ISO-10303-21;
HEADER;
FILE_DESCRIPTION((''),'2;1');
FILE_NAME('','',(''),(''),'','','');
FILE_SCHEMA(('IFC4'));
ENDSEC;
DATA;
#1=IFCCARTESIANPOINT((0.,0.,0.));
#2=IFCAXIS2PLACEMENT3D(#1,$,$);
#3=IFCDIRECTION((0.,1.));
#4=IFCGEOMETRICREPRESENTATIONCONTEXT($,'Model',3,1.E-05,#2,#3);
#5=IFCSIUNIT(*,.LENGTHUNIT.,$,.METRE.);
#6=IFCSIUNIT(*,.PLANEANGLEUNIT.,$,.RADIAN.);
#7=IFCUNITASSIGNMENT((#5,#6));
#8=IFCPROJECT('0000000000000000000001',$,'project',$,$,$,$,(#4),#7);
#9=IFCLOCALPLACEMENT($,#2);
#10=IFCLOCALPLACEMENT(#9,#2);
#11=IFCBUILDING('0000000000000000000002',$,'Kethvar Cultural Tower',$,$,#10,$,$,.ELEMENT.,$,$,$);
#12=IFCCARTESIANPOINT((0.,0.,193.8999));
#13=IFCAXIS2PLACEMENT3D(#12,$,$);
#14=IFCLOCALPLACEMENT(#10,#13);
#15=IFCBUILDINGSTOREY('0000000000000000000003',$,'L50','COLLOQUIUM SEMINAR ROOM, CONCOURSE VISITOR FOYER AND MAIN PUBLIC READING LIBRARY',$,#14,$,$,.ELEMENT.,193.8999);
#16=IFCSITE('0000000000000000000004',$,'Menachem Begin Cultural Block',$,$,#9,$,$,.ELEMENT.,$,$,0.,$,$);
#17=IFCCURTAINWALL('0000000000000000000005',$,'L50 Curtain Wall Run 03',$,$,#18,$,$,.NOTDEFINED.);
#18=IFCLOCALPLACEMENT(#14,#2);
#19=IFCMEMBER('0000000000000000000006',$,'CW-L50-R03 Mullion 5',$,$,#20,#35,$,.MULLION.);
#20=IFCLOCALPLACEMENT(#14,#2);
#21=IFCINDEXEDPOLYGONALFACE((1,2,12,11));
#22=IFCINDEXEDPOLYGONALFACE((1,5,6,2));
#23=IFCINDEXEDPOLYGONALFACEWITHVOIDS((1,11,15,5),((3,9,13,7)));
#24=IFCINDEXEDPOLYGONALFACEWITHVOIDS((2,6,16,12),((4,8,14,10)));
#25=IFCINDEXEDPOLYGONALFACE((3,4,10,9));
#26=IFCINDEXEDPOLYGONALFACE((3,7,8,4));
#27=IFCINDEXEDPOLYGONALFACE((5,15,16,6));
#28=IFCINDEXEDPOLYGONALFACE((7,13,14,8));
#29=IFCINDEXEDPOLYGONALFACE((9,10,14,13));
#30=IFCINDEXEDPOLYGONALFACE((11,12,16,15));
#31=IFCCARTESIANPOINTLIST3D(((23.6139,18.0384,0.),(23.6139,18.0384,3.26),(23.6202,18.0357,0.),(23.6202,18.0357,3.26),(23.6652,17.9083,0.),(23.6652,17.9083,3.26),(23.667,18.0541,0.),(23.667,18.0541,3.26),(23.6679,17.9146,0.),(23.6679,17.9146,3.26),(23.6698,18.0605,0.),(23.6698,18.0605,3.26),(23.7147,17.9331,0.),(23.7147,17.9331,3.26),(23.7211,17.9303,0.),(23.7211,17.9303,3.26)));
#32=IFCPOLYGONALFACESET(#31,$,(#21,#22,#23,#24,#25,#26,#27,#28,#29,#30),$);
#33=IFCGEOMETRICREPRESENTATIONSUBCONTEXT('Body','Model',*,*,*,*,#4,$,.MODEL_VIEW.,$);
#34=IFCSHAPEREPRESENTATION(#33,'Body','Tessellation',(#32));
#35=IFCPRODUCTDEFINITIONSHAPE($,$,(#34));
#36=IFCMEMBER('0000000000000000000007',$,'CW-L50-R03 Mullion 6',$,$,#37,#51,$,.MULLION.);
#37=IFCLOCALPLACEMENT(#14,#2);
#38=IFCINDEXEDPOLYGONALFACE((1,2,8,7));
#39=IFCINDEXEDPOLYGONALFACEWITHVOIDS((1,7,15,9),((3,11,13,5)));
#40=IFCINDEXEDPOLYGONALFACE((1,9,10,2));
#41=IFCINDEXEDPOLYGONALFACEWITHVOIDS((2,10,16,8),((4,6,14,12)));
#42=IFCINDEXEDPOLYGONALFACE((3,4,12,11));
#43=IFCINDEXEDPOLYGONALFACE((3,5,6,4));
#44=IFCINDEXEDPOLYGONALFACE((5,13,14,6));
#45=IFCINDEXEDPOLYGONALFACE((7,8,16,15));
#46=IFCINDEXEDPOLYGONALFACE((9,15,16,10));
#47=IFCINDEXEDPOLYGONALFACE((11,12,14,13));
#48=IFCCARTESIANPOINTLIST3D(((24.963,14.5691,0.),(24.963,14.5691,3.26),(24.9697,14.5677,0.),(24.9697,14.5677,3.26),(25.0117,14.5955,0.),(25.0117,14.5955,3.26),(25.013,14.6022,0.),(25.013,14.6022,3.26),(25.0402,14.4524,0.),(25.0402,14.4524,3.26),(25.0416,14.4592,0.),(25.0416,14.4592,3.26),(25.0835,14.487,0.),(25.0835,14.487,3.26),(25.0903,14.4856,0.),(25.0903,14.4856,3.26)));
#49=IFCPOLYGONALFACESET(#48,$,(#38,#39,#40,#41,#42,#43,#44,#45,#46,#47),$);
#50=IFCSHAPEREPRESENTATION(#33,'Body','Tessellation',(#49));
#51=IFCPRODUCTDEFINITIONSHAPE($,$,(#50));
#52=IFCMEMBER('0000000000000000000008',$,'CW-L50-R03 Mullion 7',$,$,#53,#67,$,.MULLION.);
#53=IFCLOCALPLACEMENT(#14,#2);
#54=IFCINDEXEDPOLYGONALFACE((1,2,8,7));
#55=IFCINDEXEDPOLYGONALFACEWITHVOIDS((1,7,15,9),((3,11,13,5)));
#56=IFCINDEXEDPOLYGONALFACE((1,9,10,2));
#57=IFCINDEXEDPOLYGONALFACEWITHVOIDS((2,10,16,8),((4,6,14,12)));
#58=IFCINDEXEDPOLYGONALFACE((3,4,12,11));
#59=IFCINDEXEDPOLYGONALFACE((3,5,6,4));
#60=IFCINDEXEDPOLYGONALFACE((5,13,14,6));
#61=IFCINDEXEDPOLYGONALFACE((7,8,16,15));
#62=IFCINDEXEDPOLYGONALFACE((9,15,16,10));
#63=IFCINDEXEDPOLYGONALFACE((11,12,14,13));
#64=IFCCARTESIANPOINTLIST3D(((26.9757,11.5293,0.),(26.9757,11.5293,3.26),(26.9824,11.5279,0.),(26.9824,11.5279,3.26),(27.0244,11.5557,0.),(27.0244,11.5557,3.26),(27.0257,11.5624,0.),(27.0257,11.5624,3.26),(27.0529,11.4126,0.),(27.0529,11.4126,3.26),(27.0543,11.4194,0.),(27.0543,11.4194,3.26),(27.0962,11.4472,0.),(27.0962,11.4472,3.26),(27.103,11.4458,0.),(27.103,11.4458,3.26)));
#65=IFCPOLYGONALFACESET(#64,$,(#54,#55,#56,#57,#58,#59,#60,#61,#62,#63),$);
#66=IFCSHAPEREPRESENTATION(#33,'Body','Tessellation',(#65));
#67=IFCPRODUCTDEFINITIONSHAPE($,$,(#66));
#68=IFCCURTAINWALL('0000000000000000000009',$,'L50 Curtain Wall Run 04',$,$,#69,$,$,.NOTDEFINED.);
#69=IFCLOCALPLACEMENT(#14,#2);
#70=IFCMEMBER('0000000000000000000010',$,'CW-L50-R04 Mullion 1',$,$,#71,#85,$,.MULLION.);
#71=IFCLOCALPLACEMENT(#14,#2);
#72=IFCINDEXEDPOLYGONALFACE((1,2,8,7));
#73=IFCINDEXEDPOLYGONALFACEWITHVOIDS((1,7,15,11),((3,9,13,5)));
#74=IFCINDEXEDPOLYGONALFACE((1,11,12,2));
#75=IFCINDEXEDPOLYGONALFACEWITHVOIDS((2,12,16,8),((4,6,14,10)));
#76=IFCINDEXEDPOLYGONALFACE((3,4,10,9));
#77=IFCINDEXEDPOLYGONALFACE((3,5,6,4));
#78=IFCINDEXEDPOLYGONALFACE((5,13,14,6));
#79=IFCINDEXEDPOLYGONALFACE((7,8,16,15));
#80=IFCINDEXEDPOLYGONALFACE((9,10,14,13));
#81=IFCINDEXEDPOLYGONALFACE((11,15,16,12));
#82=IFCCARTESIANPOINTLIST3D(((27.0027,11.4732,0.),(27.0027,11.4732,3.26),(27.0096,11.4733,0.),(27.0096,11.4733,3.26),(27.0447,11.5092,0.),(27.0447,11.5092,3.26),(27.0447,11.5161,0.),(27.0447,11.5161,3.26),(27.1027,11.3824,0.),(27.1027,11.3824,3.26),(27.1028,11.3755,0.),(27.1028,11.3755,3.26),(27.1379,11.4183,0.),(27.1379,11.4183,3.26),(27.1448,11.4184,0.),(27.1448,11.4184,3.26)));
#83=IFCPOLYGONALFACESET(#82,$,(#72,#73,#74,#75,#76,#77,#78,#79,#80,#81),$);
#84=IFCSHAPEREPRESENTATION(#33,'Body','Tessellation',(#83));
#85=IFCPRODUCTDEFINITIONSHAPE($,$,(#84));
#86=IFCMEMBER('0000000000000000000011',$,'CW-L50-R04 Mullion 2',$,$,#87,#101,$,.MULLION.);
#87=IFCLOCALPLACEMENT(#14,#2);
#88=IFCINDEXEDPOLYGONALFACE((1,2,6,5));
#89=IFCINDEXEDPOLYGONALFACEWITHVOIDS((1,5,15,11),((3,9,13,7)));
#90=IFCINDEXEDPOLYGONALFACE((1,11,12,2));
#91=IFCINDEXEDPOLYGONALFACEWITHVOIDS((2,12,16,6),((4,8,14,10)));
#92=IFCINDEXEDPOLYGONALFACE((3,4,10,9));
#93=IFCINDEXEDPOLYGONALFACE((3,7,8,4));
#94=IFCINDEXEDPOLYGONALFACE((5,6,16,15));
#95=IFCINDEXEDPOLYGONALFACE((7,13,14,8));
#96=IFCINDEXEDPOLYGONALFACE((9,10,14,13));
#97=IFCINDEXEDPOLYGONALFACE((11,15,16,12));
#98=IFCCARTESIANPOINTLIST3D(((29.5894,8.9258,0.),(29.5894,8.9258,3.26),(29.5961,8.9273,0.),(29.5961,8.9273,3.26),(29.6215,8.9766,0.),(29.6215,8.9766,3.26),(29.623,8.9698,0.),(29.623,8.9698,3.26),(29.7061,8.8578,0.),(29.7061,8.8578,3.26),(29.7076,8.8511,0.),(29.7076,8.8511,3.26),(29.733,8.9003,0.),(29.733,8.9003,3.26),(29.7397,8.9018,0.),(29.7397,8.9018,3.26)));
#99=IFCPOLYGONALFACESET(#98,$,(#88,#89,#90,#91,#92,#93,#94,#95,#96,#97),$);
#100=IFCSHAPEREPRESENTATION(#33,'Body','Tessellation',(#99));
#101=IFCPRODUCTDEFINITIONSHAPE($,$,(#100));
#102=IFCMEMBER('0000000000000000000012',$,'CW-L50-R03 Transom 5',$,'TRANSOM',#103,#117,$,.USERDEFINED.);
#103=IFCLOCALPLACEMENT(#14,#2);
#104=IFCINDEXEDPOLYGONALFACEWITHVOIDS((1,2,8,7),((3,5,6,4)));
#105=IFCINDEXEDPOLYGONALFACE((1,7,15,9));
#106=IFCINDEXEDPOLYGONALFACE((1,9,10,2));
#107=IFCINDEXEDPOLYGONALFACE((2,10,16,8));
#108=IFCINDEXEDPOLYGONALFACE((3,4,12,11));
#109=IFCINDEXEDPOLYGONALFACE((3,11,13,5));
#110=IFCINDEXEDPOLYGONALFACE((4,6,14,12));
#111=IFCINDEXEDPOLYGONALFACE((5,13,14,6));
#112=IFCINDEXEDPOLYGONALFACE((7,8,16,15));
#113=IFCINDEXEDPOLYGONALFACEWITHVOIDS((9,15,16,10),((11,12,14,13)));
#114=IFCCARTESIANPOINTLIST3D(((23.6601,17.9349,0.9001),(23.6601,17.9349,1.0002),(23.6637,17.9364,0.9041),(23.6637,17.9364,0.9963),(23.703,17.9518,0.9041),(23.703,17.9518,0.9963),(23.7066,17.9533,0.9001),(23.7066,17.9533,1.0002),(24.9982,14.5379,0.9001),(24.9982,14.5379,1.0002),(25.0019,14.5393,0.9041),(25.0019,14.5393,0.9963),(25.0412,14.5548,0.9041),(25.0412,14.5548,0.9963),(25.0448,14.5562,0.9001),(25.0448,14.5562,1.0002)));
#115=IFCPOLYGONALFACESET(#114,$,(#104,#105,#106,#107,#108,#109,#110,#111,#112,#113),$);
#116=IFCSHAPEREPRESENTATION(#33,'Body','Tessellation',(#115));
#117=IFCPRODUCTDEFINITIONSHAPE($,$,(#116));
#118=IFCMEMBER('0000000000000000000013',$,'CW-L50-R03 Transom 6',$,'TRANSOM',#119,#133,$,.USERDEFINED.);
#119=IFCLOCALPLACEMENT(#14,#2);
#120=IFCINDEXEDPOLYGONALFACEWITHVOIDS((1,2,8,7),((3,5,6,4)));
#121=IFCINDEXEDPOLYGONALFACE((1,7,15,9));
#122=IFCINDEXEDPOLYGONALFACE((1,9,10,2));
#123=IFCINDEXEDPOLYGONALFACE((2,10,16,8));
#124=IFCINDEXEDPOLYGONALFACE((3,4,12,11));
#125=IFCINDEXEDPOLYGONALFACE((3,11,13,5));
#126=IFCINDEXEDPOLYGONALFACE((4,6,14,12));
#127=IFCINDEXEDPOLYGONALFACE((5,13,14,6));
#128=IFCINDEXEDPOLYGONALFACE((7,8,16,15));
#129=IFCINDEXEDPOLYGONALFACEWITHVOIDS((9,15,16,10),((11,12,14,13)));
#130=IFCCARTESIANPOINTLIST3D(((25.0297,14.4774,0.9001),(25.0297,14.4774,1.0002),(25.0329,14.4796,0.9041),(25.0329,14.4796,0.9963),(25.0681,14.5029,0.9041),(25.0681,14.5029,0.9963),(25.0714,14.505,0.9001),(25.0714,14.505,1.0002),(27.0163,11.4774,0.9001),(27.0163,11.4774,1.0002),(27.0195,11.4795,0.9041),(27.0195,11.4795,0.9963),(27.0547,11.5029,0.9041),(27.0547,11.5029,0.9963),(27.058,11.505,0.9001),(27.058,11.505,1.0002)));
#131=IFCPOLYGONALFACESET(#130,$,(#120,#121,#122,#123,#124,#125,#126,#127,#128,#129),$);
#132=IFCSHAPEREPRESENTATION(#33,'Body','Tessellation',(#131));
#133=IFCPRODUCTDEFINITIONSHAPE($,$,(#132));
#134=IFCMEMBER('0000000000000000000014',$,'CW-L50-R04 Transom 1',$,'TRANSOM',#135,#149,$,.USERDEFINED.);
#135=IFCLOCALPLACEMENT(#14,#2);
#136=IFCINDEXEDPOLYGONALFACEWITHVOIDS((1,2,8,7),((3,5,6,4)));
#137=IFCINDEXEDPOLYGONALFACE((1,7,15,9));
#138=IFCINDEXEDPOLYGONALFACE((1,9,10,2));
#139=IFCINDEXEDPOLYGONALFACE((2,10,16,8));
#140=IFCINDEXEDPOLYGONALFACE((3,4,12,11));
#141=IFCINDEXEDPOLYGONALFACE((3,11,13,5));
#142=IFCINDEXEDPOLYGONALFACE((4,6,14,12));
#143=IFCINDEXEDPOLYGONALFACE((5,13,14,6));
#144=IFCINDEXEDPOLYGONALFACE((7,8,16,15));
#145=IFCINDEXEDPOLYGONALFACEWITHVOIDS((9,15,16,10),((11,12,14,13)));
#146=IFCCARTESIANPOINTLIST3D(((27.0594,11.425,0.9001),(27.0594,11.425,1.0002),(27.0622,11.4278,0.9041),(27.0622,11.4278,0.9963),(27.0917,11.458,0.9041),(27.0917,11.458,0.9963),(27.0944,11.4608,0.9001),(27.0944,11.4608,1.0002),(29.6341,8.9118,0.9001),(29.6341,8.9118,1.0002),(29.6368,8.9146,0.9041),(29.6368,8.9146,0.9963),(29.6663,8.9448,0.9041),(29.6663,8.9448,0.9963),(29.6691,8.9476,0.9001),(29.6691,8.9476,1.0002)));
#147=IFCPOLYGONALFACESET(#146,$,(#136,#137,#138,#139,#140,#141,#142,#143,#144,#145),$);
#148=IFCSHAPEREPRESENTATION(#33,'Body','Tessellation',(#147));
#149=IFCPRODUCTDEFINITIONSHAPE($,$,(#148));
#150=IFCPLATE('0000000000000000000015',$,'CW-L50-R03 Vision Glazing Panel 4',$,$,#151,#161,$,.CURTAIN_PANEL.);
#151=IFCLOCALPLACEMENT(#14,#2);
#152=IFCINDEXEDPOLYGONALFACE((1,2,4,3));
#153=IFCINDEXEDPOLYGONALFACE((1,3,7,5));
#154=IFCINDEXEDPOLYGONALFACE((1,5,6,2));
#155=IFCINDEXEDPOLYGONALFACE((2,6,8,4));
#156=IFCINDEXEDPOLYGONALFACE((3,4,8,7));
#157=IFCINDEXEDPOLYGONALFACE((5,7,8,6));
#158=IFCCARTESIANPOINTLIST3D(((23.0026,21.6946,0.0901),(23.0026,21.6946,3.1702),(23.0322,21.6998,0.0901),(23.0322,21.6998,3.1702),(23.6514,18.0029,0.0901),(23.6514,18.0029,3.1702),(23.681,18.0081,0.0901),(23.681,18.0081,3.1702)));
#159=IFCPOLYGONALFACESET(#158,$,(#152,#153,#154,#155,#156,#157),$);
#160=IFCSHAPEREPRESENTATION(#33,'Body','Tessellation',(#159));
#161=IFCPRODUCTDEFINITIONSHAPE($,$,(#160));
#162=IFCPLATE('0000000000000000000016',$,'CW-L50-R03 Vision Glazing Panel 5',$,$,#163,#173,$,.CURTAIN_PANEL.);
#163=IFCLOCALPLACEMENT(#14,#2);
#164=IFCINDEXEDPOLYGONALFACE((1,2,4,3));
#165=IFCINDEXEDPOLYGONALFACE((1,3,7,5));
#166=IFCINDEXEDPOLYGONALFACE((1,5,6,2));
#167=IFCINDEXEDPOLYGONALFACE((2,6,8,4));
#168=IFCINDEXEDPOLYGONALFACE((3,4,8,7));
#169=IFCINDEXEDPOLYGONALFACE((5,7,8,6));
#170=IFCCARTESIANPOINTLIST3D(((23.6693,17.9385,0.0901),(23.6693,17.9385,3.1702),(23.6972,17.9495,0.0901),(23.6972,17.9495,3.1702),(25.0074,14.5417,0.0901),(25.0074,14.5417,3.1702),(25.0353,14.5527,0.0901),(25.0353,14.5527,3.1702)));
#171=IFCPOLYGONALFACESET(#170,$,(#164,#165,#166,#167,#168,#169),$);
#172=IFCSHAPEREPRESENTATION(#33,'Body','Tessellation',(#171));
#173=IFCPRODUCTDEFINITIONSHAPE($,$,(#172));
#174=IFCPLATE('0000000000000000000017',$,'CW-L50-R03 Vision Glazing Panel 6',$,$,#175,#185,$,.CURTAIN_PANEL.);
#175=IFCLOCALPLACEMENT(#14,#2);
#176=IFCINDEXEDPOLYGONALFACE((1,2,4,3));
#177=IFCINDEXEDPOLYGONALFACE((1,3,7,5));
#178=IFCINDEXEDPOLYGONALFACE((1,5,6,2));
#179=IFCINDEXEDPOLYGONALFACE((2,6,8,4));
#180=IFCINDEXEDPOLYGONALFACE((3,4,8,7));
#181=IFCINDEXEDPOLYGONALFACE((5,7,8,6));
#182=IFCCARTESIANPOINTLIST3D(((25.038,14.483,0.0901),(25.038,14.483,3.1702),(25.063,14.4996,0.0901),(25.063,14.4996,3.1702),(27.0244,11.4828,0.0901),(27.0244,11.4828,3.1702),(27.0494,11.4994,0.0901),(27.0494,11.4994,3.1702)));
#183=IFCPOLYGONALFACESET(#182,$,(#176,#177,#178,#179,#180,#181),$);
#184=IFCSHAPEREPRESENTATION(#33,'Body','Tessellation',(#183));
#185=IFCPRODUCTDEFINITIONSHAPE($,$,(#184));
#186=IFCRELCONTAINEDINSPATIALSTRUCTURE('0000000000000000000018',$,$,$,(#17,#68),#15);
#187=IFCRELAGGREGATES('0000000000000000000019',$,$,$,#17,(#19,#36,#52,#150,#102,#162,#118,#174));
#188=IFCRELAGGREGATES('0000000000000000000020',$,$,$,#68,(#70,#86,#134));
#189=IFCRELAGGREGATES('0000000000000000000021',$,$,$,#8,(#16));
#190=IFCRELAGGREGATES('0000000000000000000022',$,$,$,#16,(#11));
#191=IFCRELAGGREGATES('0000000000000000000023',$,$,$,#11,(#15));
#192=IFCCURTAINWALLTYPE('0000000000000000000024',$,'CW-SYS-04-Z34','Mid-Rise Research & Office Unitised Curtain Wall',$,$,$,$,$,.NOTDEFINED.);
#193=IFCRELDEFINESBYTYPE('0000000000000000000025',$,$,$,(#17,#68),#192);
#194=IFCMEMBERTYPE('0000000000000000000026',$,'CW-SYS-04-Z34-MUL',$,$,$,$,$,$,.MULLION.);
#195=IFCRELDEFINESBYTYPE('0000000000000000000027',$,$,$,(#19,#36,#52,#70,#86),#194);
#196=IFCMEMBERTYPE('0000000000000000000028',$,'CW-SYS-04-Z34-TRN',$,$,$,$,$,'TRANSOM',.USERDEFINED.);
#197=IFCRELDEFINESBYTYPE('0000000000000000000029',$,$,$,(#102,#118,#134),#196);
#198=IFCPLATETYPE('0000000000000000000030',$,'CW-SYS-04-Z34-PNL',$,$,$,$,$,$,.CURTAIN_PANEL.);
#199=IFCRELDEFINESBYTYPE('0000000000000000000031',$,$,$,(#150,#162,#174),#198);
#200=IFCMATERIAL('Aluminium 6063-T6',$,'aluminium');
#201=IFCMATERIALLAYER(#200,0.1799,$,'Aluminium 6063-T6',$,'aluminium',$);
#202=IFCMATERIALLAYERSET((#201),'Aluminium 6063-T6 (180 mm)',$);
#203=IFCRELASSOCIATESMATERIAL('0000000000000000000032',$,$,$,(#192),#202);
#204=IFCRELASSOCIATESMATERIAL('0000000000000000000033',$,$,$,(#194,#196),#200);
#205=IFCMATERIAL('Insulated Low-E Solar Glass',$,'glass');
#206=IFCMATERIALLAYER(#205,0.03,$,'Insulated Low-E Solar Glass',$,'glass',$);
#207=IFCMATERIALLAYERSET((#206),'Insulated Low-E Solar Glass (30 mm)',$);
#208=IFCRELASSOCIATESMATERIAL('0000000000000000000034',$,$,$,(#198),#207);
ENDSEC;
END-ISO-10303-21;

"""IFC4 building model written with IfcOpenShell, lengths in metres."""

from ifc_helpers import new_model, si_unit, direction, frame, origin, origin_2d, place, context, subcontext, project, spatial, rectangle, hollow_rectangle, extrude, source, transform, mapped, material, layer, layer_set, material_profile, profile_set, type_object, element, aggregate, save


model = new_model("IFC4")

# Units and contexts
model_context = context("Model", 3, precision=1e-05, world=origin(), true_north=direction((0.0, 1.0)))
body_context = subcontext(model_context, "Body", "Model", "MODEL_VIEW")
ifc_project = project(units=[si_unit("LENGTHUNIT", "METRE"), si_unit("PLANEANGLEUNIT", "RADIAN")], contexts=[model_context])

# Site, building, storey
site_placement = place(None, origin())
site = spatial("IfcSite", under=ifc_project, at=site_placement, Name="Menachem Begin Cultural Block", CompositionType="ELEMENT", RefElevation=0.0)
building_placement = place(site_placement, origin())
building = spatial("IfcBuilding", under=site, at=building_placement, Name="Kethvar Cultural Tower", CompositionType="ELEMENT")
storey_placement = place(building_placement, frame((0.0, 0.0, 193.8999)))
storey = spatial("IfcBuildingStorey", under=building, at=storey_placement, Name="L50", Description="COLLOQUIUM SEMINAR ROOM, CONCOURSE VISITOR FOYER AND MAIN PUBLIC READING LIBRARY", CompositionType="ELEMENT", Elevation=193.8999)

# Curtain walls, members
ifc_material_1 = material(Name="Aluminium 6063-T6", Category="aluminium")
ifc_layer_1 = layer(ifc_material_1, 0.1799, Name="Aluminium 6063-T6", Category="aluminium")
ifc_layer_set_1 = layer_set([ifc_layer_1], Name="Aluminium 6063-T6 (180 mm)")
curtain_wall_type = type_object("IfcCurtainWallType", Name="CW-SYS-04-Z34", Description="Mid-Rise Research & Office Unitised Curtain Wall", PredefinedType="NOTDEFINED", material=ifc_layer_set_1)
curtain_wall_1_placement = place(storey_placement, origin())
curtain_wall_1 = element("IfcCurtainWall", 1, at=curtain_wall_1_placement, inside=storey, type_object=curtain_wall_type, Name="L50 Curtain Wall Run 03", PredefinedType="NOTDEFINED")
ifc_material_profile_1 = material_profile(ifc_material_1, hollow_rectangle(XDim=0.0601, YDim=0.1399, WallThickness=0.0049, at=origin_2d()), Name="Aluminium 6063-T6 — RHS140x60x5")
ifc_profile_set_1 = profile_set([ifc_material_profile_1], Name="Aluminium 6063-T6 — RHS140x60x5")
member_type_1 = type_object("IfcMemberType", Name="CW-SYS-04-Z34-MUL", PredefinedType="MULLION", material=ifc_profile_set_1)
shared_shape_1 = source(origin(), body_context, "Body", "SweptSolid", [
    extrude(hollow_rectangle(XDim=0.0601, YDim=0.1399, WallThickness=0.0049, at=origin_2d()), origin(), (0.0, 0.0, 1.0), 3.26),
])
member_1_placement = place(storey_placement, frame((23.6675, 17.9844, 0.0), z_axis=(0.0, 0.0, 1.0), x_axis=(0.930418, 0.366501, 0.0)))
member_1 = element("IfcMember", 2, at=member_1_placement, type_object=member_type_1, Name="CW-L50-R03 Mullion 5", PredefinedType="MULLION", context=body_context, shape_type="MappedRepresentation", body=[
    mapped(shared_shape_1, transform((0.0, 0.0, 0.0), scale=1.0)),
])
member_2_placement = place(storey_placement, frame((25.0266, 14.5273, 0.0), z_axis=(0.0, 0.0, 1.0), x_axis=(0.833809, 0.552053, 0.0)))
member_2 = element("IfcMember", 3, at=member_2_placement, type_object=member_type_1, Name="CW-L50-R03 Mullion 6", PredefinedType="MULLION", context=body_context, shape_type="MappedRepresentation", body=[
    mapped(shared_shape_1, transform((0.0, 0.0, 0.0), scale=1.0)),
])
member_3_placement = place(storey_placement, frame((27.0393, 11.4875, 0.0), z_axis=(0.0, 0.0, 1.0), x_axis=(0.833809, 0.552053, 0.0)))
member_3 = element("IfcMember", 4, at=member_3_placement, type_object=member_type_1, Name="CW-L50-R03 Mullion 7", PredefinedType="MULLION", context=body_context, shape_type="MappedRepresentation", body=[
    mapped(shared_shape_1, transform((0.0, 0.0, 0.0), scale=1.0)),
])
curtain_wall_2_placement = place(storey_placement, origin())
curtain_wall_2 = element("IfcCurtainWall", 5, at=curtain_wall_2_placement, inside=storey, type_object=curtain_wall_type, Name="L50 Curtain Wall Run 04", PredefinedType="NOTDEFINED")
member_4_placement = place(storey_placement, frame((27.0737, 11.4458, 0.0), z_axis=(0.0, 0.0, 1.0), x_axis=(0.698515, 0.715595, 0.0)))
member_4 = element("IfcMember", 6, at=member_4_placement, type_object=member_type_1, Name="CW-L50-R04 Mullion 1", PredefinedType="MULLION", context=body_context, shape_type="MappedRepresentation", body=[
    mapped(shared_shape_1, transform((0.0, 0.0, 0.0), scale=1.0)),
])
member_5_placement = place(storey_placement, frame((29.6646, 8.9138, 0.0), z_axis=(0.0, 0.0, 1.0), x_axis=(0.534352, 0.845262, 0.0)))
member_5 = element("IfcMember", 7, at=member_5_placement, type_object=member_type_1, Name="CW-L50-R04 Mullion 2", PredefinedType="MULLION", context=body_context, shape_type="MappedRepresentation", body=[
    mapped(shared_shape_1, transform((0.0, 0.0, 0.0), scale=1.0)),
])

# Members
ifc_material_profile_2 = material_profile(ifc_material_1, hollow_rectangle(XDim=0.05, YDim=0.1001, WallThickness=0.0039, at=origin_2d()), Name="Aluminium 6063-T6 — RHS100x50x4")
ifc_profile_set_2 = profile_set([ifc_material_profile_2], Name="Aluminium 6063-T6 — RHS100x50x4")
member_type_2 = type_object("IfcMemberType", Name="CW-SYS-04-Z34-TRN", ElementType="TRANSOM", PredefinedType="USERDEFINED", material=ifc_profile_set_2)
shared_shape_2 = source(origin(), body_context, "Body", "SweptSolid", [
    extrude(hollow_rectangle(XDim=0.05, YDim=0.1001, WallThickness=0.0039, at=origin_2d()), origin(), (0.0, 0.0, 1.0), 3.6511),
])
member_6_placement = place(storey_placement, frame((23.6833, 17.9441, 0.9502), z_axis=(0.366509, -0.930415, 0.0), x_axis=(0.930415, 0.366509, 0.0)))
member_6 = element("IfcMember", 8, at=member_6_placement, type_object=member_type_2, Name="CW-L50-R03 Transom 5", ObjectType="TRANSOM", PredefinedType="USERDEFINED", context=body_context, shape_type="MappedRepresentation", body=[
    mapped(shared_shape_2, transform((0.0, 0.0, 0.0), scale=1.0)),
])
shared_shape_3 = source(origin(), body_context, "Body", "SweptSolid", [
    extrude(hollow_rectangle(XDim=0.05, YDim=0.1001, WallThickness=0.0039, at=origin_2d()), origin(), (0.0, 0.0, 1.0), 3.5981),
])
member_7_placement = place(storey_placement, frame((25.0505, 14.4912, 0.9502), z_axis=(0.552114, -0.833769, 0.0), x_axis=(0.833769, 0.552114, 0.0)))
member_7 = element("IfcMember", 9, at=member_7_placement, type_object=member_type_2, Name="CW-L50-R03 Transom 6", ObjectType="TRANSOM", PredefinedType="USERDEFINED", context=body_context, shape_type="MappedRepresentation", body=[
    mapped(shared_shape_3, transform((0.0, 0.0, 0.0), scale=1.0)),
])
shared_shape_4 = source(origin(), body_context, "Body", "SweptSolid", [
    extrude(hollow_rectangle(XDim=0.05, YDim=0.1001, WallThickness=0.0039, at=origin_2d()), origin(), (0.0, 0.0, 1.0), 3.5979),
])
member_8_placement = place(storey_placement, frame((27.0769, 11.4429, 0.9502), z_axis=(0.715605, -0.698505, 0.0), x_axis=(0.698505, 0.715605, 0.0)))
member_8 = element("IfcMember", 10, at=member_8_placement, type_object=member_type_2, Name="CW-L50-R04 Transom 1", ObjectType="TRANSOM", PredefinedType="USERDEFINED", context=body_context, shape_type="MappedRepresentation", body=[
    mapped(shared_shape_4, transform((0.0, 0.0, 0.0), scale=1.0)),
])

# Plates
ifc_material_2 = material(Name="Insulated Low-E Solar Glass", Category="glass")
ifc_layer_2 = layer(ifc_material_2, 0.03, Name="Insulated Low-E Solar Glass", Category="glass")
ifc_layer_set_2 = layer_set([ifc_layer_2], Name="Insulated Low-E Solar Glass (30 mm)")
plate_type = type_object("IfcPlateType", Name="CW-SYS-04-Z34-PNL", PredefinedType="CURTAIN_PANEL", material=ifc_layer_set_2)
shared_shape_5 = source(origin(), body_context, "Body", "SweptSolid", [
    extrude(rectangle(XDim=3.7483, YDim=0.03, at=origin_2d()), origin(), (0.0, 0.0, 1.0), 3.0801),
])
plate_1_placement = place(storey_placement, frame((23.3418, 19.8513, 0.0901), z_axis=(0.0, 0.0, 1.0), x_axis=(0.173081, -0.984908, 0.0)))
plate_1 = element("IfcPlate", 11, at=plate_1_placement, type_object=plate_type, Name="CW-L50-R03 Vision Glazing Panel 4", PredefinedType="CURTAIN_PANEL", context=body_context, shape_type="MappedRepresentation", body=[
    mapped(shared_shape_5, transform((0.0, 0.0, 0.0), scale=1.0)),
])
shared_shape_6 = source(origin(), body_context, "Body", "SweptSolid", [
    extrude(rectangle(XDim=3.6509, YDim=0.03, at=origin_2d()), origin(), (0.0, 0.0, 1.0), 3.0801),
])
plate_2_placement = place(storey_placement, frame((24.3523, 16.2456, 0.0901), z_axis=(0.0, 0.0, 1.0), x_axis=(0.366501, -0.930418, 0.0)))
plate_2 = element("IfcPlate", 12, at=plate_2_placement, type_object=plate_type, Name="CW-L50-R03 Vision Glazing Panel 5", PredefinedType="CURTAIN_PANEL", context=body_context, shape_type="MappedRepresentation", body=[
    mapped(shared_shape_6, transform((0.0, 0.0, 0.0), scale=1.0)),
])
shared_shape_7 = source(origin(), body_context, "Body", "SweptSolid", [
    extrude(rectangle(XDim=3.5981, YDim=0.03, at=origin_2d()), origin(), (0.0, 0.0, 1.0), 3.0801),
])
plate_3_placement = place(storey_placement, frame((26.0437, 12.9912, 0.0901), z_axis=(0.0, 0.0, 1.0), x_axis=(0.552053, -0.833809, 0.0)))
plate_3 = element("IfcPlate", 13, at=plate_3_placement, type_object=plate_type, Name="CW-L50-R03 Vision Glazing Panel 6", PredefinedType="CURTAIN_PANEL", context=body_context, shape_type="MappedRepresentation", body=[
    mapped(shared_shape_7, transform((0.0, 0.0, 0.0), scale=1.0)),
])
aggregate(curtain_wall_1, [member_1, member_2, member_3, plate_1, member_6, plate_2, member_7, plate_3])
aggregate(curtain_wall_2, [member_4, member_5, member_8])

save(model, "model.ifc")
